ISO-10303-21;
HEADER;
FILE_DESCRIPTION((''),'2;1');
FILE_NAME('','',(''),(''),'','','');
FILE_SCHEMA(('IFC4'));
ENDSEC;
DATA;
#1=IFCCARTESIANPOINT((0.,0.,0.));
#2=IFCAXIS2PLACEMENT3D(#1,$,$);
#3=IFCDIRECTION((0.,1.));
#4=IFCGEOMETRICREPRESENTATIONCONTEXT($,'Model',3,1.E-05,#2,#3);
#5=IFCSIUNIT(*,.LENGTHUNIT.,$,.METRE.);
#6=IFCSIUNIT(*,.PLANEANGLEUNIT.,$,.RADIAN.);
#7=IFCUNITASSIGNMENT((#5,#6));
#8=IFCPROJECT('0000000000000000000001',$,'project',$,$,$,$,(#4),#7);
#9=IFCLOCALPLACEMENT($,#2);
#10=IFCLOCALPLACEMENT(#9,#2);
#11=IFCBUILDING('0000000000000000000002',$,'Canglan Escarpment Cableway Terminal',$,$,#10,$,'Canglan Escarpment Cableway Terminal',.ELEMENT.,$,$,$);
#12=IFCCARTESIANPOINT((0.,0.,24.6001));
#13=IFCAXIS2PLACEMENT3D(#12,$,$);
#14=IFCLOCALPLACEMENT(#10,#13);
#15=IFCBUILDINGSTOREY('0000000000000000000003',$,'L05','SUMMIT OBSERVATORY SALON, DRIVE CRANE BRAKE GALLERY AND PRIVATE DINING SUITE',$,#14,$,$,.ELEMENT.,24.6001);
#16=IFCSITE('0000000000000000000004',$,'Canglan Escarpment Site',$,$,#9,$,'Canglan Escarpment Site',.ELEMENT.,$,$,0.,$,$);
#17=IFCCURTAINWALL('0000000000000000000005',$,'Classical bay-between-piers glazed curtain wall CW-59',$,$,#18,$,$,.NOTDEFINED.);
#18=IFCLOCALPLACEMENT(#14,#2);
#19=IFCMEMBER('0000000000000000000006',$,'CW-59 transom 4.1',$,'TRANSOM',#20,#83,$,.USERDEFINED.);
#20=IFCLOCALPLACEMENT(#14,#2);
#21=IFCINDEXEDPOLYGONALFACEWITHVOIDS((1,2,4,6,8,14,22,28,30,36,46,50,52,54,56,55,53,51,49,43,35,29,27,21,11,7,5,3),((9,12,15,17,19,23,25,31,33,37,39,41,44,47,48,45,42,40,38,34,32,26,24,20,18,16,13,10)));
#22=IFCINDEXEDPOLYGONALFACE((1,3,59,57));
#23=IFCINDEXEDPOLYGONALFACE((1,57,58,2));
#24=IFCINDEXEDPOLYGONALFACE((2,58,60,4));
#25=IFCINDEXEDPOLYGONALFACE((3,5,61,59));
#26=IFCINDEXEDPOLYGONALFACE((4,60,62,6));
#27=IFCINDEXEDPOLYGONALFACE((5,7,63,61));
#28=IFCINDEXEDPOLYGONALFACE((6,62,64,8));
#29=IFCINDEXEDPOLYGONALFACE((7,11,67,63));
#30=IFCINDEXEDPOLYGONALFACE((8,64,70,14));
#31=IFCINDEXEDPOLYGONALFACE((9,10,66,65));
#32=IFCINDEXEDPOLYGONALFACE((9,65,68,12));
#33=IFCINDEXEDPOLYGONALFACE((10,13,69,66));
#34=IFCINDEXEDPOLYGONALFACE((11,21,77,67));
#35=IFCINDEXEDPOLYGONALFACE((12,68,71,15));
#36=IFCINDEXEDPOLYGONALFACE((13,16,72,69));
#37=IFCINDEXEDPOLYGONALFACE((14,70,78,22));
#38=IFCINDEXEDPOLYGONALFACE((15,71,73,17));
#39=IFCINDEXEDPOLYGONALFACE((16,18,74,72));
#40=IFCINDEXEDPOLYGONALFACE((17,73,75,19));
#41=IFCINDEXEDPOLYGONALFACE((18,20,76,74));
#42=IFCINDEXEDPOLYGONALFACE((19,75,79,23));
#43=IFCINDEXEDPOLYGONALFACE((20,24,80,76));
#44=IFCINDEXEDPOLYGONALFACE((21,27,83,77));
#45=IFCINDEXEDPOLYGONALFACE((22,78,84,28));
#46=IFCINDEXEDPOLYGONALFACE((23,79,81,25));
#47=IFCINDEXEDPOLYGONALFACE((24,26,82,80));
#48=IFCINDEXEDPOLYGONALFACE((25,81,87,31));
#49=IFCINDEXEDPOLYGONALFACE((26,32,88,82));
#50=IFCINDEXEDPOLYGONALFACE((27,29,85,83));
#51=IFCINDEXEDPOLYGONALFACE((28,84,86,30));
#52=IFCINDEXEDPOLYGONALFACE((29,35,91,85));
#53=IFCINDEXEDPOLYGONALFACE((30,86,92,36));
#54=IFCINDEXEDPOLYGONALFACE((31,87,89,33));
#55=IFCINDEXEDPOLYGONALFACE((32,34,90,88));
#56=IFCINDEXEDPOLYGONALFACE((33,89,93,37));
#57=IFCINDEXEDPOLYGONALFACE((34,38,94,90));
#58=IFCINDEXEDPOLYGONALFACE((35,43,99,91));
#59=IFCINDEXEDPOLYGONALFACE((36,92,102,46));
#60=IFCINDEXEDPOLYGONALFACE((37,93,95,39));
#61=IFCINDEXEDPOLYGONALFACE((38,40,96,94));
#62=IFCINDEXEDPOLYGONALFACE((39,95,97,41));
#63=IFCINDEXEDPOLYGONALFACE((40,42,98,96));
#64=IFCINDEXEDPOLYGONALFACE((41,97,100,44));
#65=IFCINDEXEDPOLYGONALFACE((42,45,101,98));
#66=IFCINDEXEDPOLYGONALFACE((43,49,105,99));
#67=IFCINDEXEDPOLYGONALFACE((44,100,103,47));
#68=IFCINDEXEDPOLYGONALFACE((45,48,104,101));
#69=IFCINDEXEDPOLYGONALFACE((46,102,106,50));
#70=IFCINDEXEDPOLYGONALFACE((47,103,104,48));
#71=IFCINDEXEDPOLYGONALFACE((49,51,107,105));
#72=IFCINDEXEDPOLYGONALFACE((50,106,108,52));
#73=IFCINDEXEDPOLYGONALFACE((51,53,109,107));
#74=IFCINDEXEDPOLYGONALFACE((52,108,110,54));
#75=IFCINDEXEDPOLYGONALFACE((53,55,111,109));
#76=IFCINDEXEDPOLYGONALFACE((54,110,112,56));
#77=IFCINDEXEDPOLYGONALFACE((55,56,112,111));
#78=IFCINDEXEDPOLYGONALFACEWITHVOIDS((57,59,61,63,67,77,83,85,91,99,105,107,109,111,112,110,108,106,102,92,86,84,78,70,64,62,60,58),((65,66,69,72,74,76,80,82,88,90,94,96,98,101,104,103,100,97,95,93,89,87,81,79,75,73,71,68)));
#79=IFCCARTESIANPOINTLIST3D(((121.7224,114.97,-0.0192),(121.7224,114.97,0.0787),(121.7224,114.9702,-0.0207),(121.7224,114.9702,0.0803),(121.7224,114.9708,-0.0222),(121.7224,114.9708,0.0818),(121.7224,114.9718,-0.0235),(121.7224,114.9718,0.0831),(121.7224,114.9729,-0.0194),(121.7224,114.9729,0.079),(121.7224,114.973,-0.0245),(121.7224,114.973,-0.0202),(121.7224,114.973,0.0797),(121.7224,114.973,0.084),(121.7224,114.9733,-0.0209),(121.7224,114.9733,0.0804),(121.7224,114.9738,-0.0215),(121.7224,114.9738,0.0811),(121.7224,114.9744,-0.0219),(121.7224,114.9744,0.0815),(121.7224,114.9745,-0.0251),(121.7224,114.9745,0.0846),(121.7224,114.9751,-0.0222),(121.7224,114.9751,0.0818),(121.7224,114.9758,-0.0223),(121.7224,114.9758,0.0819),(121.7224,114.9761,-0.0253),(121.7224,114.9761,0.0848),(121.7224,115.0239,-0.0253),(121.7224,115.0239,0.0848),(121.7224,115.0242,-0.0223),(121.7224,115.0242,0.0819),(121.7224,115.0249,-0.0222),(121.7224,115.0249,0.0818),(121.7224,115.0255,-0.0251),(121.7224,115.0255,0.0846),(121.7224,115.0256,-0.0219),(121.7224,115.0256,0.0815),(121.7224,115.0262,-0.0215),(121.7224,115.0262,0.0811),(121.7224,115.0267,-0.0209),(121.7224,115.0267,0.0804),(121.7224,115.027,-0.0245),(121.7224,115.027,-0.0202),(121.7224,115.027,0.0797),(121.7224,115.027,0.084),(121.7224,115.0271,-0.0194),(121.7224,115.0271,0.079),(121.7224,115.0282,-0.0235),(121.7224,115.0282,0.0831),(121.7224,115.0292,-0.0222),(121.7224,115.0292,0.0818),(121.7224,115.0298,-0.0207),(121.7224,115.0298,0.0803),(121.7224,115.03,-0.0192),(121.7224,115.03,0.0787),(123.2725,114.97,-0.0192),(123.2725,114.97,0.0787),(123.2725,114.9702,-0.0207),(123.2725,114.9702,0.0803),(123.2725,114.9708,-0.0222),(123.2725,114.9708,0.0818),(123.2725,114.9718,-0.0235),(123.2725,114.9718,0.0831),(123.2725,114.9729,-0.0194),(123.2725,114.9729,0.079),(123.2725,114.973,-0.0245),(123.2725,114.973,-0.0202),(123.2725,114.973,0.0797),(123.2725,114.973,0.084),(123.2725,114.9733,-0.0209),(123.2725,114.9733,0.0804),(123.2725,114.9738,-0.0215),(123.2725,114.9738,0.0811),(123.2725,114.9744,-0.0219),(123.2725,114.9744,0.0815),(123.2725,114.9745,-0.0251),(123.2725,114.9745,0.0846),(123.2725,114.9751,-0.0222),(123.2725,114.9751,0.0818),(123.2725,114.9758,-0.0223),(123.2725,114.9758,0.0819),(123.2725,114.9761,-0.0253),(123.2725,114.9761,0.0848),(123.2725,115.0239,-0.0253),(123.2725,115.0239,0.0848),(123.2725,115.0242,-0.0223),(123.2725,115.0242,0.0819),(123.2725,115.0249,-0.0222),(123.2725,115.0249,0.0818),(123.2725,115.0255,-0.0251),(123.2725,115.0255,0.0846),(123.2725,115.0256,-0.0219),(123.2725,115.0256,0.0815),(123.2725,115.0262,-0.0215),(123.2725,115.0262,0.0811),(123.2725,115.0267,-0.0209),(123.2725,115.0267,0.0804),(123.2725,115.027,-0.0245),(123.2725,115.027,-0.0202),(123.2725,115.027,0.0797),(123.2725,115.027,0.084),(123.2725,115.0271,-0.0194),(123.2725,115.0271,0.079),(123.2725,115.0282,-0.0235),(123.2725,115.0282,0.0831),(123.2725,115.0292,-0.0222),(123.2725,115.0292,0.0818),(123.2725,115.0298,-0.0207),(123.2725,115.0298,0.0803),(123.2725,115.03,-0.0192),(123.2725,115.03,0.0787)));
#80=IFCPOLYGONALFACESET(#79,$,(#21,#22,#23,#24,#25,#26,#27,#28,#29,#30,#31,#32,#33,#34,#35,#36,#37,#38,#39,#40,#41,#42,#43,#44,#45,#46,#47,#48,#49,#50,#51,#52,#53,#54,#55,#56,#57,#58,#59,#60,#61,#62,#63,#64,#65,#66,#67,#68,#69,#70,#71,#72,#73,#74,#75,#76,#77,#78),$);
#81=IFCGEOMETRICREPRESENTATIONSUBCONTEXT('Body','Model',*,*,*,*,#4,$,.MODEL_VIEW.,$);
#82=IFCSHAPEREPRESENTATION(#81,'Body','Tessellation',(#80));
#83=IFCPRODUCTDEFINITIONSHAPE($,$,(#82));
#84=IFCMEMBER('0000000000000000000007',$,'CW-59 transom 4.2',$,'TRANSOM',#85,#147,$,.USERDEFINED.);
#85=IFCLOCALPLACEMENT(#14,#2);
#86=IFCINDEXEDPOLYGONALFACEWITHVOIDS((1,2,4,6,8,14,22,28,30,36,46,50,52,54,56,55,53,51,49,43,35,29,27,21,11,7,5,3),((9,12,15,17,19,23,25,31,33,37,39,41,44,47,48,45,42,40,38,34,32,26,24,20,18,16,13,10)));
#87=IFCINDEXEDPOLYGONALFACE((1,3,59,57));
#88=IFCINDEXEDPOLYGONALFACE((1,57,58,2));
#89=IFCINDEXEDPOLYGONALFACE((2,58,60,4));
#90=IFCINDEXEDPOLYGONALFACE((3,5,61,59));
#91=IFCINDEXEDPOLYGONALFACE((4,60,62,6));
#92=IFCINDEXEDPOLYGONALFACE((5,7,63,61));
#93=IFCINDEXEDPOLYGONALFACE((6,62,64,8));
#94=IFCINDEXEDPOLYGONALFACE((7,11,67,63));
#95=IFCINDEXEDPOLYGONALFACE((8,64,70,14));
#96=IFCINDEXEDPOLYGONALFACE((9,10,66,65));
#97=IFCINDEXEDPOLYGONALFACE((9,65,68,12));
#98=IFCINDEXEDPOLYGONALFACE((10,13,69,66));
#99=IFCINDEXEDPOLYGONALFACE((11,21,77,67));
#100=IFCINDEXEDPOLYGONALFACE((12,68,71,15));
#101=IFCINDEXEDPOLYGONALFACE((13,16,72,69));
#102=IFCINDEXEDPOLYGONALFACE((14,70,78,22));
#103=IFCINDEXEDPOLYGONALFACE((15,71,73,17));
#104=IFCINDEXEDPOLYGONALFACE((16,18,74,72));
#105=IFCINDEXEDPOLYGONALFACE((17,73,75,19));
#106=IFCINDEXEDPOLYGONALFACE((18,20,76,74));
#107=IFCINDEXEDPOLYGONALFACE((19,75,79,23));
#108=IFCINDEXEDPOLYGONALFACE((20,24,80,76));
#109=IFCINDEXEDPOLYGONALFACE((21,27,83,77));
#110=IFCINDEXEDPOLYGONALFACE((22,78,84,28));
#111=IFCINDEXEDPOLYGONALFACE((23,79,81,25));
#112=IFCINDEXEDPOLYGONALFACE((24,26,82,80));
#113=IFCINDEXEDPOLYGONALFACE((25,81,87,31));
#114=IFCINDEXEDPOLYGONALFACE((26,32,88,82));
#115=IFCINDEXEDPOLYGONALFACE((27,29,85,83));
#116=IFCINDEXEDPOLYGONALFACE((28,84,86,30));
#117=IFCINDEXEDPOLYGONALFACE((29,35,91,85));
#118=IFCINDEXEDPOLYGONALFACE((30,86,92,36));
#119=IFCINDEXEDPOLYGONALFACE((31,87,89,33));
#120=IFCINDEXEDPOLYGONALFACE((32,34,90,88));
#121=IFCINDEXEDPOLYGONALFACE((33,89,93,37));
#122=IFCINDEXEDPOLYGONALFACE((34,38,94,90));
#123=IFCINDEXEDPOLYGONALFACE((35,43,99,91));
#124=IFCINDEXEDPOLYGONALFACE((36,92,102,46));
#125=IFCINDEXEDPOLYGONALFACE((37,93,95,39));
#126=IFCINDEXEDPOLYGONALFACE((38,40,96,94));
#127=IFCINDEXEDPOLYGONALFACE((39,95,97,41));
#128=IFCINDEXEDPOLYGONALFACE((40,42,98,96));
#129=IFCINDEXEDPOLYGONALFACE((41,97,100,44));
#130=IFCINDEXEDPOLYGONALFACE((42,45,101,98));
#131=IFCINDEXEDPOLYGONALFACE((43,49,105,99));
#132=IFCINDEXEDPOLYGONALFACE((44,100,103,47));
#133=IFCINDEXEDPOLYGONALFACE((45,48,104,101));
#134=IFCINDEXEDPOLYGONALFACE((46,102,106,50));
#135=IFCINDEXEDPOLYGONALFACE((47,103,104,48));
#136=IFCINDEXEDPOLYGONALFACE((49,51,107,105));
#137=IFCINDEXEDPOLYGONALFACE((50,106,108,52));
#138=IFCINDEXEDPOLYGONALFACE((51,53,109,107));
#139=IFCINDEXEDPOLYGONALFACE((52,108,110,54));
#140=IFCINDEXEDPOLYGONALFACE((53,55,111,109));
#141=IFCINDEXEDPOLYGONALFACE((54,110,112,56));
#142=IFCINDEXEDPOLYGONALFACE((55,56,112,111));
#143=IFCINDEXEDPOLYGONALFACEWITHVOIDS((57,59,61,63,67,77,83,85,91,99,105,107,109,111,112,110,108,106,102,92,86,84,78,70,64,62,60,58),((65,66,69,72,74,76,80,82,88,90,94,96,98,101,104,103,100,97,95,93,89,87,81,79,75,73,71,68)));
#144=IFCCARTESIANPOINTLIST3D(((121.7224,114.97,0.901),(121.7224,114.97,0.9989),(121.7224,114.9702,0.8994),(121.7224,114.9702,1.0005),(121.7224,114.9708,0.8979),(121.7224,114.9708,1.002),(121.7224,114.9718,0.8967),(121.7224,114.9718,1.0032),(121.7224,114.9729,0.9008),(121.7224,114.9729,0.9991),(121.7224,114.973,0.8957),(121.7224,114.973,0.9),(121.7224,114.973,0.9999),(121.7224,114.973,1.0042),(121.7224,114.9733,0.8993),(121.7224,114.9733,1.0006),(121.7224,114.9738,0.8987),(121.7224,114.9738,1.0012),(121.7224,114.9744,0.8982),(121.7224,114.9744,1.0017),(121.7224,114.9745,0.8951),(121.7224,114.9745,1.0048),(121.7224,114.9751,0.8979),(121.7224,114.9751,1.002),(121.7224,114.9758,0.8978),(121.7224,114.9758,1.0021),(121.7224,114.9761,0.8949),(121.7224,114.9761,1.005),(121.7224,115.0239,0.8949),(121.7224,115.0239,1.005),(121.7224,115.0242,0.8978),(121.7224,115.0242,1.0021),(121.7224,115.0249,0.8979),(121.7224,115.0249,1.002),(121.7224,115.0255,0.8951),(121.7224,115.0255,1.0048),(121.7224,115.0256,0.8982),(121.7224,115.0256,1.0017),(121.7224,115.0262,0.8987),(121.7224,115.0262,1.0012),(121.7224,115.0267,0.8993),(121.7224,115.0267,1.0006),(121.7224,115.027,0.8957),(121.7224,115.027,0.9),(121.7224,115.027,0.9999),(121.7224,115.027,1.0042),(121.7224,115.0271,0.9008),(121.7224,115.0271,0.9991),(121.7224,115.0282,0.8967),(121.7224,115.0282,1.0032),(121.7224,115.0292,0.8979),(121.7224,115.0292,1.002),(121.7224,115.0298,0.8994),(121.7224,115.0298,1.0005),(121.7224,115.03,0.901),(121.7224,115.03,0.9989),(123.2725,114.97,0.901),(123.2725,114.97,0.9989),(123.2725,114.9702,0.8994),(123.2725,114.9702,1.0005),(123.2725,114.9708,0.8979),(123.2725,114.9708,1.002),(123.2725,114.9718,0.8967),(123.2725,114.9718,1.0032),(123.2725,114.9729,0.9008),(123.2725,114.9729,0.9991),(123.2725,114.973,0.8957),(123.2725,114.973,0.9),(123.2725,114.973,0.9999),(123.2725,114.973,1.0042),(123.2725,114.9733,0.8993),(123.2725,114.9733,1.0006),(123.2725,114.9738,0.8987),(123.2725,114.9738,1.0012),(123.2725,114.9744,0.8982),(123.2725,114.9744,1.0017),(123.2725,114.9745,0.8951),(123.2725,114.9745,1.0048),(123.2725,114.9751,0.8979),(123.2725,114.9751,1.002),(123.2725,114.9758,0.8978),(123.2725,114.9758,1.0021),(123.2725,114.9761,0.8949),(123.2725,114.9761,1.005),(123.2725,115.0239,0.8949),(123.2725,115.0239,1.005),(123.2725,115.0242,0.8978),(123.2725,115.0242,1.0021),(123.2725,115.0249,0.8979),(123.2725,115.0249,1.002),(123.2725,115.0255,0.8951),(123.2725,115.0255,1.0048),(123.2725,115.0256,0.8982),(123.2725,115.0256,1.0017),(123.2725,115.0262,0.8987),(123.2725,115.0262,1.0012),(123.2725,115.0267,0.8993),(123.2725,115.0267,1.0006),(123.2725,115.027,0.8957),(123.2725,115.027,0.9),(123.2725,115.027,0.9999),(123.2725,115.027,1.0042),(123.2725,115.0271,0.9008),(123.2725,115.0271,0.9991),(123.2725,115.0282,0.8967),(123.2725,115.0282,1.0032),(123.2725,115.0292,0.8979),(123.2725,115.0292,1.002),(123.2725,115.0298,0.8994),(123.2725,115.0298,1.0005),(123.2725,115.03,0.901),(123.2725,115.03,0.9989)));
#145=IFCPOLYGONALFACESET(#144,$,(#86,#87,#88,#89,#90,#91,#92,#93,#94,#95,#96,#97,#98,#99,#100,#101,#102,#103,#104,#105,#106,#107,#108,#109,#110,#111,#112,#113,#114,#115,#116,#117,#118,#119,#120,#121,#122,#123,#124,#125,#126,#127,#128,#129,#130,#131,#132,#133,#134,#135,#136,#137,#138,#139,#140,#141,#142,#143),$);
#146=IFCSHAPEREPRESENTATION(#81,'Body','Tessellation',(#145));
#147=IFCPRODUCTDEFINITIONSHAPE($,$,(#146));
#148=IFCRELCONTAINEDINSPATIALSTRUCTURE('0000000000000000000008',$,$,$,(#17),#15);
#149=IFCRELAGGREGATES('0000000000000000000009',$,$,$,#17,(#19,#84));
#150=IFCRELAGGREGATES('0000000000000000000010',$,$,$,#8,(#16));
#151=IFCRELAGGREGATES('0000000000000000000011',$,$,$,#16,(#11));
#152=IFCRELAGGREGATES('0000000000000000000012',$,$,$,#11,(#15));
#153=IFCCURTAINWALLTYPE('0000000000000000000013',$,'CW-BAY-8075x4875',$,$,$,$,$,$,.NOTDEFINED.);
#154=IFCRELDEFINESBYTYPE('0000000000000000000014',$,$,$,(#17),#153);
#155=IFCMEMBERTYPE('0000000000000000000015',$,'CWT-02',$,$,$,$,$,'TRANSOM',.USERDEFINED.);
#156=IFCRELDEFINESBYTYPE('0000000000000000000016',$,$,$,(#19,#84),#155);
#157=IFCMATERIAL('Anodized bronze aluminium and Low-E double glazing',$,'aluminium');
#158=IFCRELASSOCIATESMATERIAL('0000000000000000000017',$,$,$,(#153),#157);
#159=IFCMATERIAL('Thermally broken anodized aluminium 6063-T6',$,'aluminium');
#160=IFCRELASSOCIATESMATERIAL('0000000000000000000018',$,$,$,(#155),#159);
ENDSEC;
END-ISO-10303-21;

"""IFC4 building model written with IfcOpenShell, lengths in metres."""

from ifc_helpers import new_model, si_unit, direction, frame, origin, origin_2d, place, context, subcontext, project, spatial, hollow_rectangle, extrude, material, material_profile, profile_set, type_object, element, aggregate, save


model = new_model("IFC4")

# Units and contexts
model_context = context("Model", 3, precision=1e-05, world=origin(), true_north=direction((0.0, 1.0)))
body_context = subcontext(model_context, "Body", "Model", "MODEL_VIEW")
ifc_project = project(units=[si_unit("LENGTHUNIT", "METRE"), si_unit("PLANEANGLEUNIT", "RADIAN")], contexts=[model_context])

# Site, building, storey
site_placement = place(None, origin())
site = spatial("IfcSite", under=ifc_project, at=site_placement, Name="Canglan Escarpment Site", LongName="Canglan Escarpment Site", CompositionType="ELEMENT", RefElevation=0.0)
building_placement = place(site_placement, origin())
building = spatial("IfcBuilding", under=site, at=building_placement, Name="Canglan Escarpment Cableway Terminal", LongName="Canglan Escarpment Cableway Terminal", CompositionType="ELEMENT")
storey_placement = place(building_placement, frame((0.0, 0.0, 24.6001)))
storey = spatial("IfcBuildingStorey", under=building, at=storey_placement, Name="L05", Description="SUMMIT OBSERVATORY SALON, DRIVE CRANE BRAKE GALLERY AND PRIVATE DINING SUITE", CompositionType="ELEMENT", Elevation=24.6001)

# Curtain wall
ifc_material_1 = material(Name="Anodized bronze aluminium and Low-E double glazing", Category="aluminium")
ifc_material_2 = material(Name="Thermally broken anodized aluminium 6063-T6", Category="aluminium")
curtain_wall_type_1 = type_object("IfcCurtainWallType", Name="CW-BAY-8075x4875", PredefinedType="NOTDEFINED", material=ifc_material_1)
curtain_wall_1_placement = place(storey_placement, origin())
curtain_wall_1 = element("IfcCurtainWall", 1, at=curtain_wall_1_placement, inside=storey, type_object=curtain_wall_type_1, Name="Classical bay-between-piers glazed curtain wall CW-59", PredefinedType="NOTDEFINED")

# Members
ifc_material_profile_1 = material_profile(ifc_material_2, hollow_rectangle(XDim=0.0601, YDim=0.1101, WallThickness=0.0029, InnerFilletRadius=0.0029, OuterFilletRadius=0.0061, at=origin_2d()), Name="ALU-TRAN 60x110x3")
ifc_profile_set_1 = profile_set([ifc_material_profile_1], Name="Thermally broken anodized aluminium 6063-T6")
member_type_1 = type_object("IfcMemberType", Name="CWT-02", ElementType="TRANSOM", PredefinedType="USERDEFINED", material=ifc_profile_set_1)
member_1_placement = place(storey_placement, frame((123.2725, 115.0, 0.0298), z_axis=(-1.0, 0.0, 0.0), x_axis=(0.0, -1.0, 0.0)))
member_1 = element("IfcMember", 2, at=member_1_placement, type_object=member_type_1, Name="CW-59 transom 4.1", ObjectType="TRANSOM", PredefinedType="USERDEFINED", context=body_context, shape_type="SweptSolid", body=[
    extrude(hollow_rectangle(XDim=0.0601, YDim=0.1101, WallThickness=0.0029, InnerFilletRadius=0.0029, OuterFilletRadius=0.0061, at=origin_2d()), origin(), (0.0, 0.0, 1.0), 1.55),
])
member_2_placement = place(storey_placement, frame((123.2725, 115.0, 0.95), z_axis=(-1.0, 0.0, 0.0), x_axis=(0.0, -1.0, 0.0)))
member_2 = element("IfcMember", 3, at=member_2_placement, type_object=member_type_1, Name="CW-59 transom 4.2", ObjectType="TRANSOM", PredefinedType="USERDEFINED", context=body_context, shape_type="SweptSolid", body=[
    extrude(hollow_rectangle(XDim=0.0601, YDim=0.1101, WallThickness=0.0029, InnerFilletRadius=0.0029, OuterFilletRadius=0.0061, at=origin_2d()), origin(), (0.0, 0.0, 1.0), 1.55),
])

aggregate(curtain_wall_1, [member_1, member_2])

save(model, "model.ifc")
